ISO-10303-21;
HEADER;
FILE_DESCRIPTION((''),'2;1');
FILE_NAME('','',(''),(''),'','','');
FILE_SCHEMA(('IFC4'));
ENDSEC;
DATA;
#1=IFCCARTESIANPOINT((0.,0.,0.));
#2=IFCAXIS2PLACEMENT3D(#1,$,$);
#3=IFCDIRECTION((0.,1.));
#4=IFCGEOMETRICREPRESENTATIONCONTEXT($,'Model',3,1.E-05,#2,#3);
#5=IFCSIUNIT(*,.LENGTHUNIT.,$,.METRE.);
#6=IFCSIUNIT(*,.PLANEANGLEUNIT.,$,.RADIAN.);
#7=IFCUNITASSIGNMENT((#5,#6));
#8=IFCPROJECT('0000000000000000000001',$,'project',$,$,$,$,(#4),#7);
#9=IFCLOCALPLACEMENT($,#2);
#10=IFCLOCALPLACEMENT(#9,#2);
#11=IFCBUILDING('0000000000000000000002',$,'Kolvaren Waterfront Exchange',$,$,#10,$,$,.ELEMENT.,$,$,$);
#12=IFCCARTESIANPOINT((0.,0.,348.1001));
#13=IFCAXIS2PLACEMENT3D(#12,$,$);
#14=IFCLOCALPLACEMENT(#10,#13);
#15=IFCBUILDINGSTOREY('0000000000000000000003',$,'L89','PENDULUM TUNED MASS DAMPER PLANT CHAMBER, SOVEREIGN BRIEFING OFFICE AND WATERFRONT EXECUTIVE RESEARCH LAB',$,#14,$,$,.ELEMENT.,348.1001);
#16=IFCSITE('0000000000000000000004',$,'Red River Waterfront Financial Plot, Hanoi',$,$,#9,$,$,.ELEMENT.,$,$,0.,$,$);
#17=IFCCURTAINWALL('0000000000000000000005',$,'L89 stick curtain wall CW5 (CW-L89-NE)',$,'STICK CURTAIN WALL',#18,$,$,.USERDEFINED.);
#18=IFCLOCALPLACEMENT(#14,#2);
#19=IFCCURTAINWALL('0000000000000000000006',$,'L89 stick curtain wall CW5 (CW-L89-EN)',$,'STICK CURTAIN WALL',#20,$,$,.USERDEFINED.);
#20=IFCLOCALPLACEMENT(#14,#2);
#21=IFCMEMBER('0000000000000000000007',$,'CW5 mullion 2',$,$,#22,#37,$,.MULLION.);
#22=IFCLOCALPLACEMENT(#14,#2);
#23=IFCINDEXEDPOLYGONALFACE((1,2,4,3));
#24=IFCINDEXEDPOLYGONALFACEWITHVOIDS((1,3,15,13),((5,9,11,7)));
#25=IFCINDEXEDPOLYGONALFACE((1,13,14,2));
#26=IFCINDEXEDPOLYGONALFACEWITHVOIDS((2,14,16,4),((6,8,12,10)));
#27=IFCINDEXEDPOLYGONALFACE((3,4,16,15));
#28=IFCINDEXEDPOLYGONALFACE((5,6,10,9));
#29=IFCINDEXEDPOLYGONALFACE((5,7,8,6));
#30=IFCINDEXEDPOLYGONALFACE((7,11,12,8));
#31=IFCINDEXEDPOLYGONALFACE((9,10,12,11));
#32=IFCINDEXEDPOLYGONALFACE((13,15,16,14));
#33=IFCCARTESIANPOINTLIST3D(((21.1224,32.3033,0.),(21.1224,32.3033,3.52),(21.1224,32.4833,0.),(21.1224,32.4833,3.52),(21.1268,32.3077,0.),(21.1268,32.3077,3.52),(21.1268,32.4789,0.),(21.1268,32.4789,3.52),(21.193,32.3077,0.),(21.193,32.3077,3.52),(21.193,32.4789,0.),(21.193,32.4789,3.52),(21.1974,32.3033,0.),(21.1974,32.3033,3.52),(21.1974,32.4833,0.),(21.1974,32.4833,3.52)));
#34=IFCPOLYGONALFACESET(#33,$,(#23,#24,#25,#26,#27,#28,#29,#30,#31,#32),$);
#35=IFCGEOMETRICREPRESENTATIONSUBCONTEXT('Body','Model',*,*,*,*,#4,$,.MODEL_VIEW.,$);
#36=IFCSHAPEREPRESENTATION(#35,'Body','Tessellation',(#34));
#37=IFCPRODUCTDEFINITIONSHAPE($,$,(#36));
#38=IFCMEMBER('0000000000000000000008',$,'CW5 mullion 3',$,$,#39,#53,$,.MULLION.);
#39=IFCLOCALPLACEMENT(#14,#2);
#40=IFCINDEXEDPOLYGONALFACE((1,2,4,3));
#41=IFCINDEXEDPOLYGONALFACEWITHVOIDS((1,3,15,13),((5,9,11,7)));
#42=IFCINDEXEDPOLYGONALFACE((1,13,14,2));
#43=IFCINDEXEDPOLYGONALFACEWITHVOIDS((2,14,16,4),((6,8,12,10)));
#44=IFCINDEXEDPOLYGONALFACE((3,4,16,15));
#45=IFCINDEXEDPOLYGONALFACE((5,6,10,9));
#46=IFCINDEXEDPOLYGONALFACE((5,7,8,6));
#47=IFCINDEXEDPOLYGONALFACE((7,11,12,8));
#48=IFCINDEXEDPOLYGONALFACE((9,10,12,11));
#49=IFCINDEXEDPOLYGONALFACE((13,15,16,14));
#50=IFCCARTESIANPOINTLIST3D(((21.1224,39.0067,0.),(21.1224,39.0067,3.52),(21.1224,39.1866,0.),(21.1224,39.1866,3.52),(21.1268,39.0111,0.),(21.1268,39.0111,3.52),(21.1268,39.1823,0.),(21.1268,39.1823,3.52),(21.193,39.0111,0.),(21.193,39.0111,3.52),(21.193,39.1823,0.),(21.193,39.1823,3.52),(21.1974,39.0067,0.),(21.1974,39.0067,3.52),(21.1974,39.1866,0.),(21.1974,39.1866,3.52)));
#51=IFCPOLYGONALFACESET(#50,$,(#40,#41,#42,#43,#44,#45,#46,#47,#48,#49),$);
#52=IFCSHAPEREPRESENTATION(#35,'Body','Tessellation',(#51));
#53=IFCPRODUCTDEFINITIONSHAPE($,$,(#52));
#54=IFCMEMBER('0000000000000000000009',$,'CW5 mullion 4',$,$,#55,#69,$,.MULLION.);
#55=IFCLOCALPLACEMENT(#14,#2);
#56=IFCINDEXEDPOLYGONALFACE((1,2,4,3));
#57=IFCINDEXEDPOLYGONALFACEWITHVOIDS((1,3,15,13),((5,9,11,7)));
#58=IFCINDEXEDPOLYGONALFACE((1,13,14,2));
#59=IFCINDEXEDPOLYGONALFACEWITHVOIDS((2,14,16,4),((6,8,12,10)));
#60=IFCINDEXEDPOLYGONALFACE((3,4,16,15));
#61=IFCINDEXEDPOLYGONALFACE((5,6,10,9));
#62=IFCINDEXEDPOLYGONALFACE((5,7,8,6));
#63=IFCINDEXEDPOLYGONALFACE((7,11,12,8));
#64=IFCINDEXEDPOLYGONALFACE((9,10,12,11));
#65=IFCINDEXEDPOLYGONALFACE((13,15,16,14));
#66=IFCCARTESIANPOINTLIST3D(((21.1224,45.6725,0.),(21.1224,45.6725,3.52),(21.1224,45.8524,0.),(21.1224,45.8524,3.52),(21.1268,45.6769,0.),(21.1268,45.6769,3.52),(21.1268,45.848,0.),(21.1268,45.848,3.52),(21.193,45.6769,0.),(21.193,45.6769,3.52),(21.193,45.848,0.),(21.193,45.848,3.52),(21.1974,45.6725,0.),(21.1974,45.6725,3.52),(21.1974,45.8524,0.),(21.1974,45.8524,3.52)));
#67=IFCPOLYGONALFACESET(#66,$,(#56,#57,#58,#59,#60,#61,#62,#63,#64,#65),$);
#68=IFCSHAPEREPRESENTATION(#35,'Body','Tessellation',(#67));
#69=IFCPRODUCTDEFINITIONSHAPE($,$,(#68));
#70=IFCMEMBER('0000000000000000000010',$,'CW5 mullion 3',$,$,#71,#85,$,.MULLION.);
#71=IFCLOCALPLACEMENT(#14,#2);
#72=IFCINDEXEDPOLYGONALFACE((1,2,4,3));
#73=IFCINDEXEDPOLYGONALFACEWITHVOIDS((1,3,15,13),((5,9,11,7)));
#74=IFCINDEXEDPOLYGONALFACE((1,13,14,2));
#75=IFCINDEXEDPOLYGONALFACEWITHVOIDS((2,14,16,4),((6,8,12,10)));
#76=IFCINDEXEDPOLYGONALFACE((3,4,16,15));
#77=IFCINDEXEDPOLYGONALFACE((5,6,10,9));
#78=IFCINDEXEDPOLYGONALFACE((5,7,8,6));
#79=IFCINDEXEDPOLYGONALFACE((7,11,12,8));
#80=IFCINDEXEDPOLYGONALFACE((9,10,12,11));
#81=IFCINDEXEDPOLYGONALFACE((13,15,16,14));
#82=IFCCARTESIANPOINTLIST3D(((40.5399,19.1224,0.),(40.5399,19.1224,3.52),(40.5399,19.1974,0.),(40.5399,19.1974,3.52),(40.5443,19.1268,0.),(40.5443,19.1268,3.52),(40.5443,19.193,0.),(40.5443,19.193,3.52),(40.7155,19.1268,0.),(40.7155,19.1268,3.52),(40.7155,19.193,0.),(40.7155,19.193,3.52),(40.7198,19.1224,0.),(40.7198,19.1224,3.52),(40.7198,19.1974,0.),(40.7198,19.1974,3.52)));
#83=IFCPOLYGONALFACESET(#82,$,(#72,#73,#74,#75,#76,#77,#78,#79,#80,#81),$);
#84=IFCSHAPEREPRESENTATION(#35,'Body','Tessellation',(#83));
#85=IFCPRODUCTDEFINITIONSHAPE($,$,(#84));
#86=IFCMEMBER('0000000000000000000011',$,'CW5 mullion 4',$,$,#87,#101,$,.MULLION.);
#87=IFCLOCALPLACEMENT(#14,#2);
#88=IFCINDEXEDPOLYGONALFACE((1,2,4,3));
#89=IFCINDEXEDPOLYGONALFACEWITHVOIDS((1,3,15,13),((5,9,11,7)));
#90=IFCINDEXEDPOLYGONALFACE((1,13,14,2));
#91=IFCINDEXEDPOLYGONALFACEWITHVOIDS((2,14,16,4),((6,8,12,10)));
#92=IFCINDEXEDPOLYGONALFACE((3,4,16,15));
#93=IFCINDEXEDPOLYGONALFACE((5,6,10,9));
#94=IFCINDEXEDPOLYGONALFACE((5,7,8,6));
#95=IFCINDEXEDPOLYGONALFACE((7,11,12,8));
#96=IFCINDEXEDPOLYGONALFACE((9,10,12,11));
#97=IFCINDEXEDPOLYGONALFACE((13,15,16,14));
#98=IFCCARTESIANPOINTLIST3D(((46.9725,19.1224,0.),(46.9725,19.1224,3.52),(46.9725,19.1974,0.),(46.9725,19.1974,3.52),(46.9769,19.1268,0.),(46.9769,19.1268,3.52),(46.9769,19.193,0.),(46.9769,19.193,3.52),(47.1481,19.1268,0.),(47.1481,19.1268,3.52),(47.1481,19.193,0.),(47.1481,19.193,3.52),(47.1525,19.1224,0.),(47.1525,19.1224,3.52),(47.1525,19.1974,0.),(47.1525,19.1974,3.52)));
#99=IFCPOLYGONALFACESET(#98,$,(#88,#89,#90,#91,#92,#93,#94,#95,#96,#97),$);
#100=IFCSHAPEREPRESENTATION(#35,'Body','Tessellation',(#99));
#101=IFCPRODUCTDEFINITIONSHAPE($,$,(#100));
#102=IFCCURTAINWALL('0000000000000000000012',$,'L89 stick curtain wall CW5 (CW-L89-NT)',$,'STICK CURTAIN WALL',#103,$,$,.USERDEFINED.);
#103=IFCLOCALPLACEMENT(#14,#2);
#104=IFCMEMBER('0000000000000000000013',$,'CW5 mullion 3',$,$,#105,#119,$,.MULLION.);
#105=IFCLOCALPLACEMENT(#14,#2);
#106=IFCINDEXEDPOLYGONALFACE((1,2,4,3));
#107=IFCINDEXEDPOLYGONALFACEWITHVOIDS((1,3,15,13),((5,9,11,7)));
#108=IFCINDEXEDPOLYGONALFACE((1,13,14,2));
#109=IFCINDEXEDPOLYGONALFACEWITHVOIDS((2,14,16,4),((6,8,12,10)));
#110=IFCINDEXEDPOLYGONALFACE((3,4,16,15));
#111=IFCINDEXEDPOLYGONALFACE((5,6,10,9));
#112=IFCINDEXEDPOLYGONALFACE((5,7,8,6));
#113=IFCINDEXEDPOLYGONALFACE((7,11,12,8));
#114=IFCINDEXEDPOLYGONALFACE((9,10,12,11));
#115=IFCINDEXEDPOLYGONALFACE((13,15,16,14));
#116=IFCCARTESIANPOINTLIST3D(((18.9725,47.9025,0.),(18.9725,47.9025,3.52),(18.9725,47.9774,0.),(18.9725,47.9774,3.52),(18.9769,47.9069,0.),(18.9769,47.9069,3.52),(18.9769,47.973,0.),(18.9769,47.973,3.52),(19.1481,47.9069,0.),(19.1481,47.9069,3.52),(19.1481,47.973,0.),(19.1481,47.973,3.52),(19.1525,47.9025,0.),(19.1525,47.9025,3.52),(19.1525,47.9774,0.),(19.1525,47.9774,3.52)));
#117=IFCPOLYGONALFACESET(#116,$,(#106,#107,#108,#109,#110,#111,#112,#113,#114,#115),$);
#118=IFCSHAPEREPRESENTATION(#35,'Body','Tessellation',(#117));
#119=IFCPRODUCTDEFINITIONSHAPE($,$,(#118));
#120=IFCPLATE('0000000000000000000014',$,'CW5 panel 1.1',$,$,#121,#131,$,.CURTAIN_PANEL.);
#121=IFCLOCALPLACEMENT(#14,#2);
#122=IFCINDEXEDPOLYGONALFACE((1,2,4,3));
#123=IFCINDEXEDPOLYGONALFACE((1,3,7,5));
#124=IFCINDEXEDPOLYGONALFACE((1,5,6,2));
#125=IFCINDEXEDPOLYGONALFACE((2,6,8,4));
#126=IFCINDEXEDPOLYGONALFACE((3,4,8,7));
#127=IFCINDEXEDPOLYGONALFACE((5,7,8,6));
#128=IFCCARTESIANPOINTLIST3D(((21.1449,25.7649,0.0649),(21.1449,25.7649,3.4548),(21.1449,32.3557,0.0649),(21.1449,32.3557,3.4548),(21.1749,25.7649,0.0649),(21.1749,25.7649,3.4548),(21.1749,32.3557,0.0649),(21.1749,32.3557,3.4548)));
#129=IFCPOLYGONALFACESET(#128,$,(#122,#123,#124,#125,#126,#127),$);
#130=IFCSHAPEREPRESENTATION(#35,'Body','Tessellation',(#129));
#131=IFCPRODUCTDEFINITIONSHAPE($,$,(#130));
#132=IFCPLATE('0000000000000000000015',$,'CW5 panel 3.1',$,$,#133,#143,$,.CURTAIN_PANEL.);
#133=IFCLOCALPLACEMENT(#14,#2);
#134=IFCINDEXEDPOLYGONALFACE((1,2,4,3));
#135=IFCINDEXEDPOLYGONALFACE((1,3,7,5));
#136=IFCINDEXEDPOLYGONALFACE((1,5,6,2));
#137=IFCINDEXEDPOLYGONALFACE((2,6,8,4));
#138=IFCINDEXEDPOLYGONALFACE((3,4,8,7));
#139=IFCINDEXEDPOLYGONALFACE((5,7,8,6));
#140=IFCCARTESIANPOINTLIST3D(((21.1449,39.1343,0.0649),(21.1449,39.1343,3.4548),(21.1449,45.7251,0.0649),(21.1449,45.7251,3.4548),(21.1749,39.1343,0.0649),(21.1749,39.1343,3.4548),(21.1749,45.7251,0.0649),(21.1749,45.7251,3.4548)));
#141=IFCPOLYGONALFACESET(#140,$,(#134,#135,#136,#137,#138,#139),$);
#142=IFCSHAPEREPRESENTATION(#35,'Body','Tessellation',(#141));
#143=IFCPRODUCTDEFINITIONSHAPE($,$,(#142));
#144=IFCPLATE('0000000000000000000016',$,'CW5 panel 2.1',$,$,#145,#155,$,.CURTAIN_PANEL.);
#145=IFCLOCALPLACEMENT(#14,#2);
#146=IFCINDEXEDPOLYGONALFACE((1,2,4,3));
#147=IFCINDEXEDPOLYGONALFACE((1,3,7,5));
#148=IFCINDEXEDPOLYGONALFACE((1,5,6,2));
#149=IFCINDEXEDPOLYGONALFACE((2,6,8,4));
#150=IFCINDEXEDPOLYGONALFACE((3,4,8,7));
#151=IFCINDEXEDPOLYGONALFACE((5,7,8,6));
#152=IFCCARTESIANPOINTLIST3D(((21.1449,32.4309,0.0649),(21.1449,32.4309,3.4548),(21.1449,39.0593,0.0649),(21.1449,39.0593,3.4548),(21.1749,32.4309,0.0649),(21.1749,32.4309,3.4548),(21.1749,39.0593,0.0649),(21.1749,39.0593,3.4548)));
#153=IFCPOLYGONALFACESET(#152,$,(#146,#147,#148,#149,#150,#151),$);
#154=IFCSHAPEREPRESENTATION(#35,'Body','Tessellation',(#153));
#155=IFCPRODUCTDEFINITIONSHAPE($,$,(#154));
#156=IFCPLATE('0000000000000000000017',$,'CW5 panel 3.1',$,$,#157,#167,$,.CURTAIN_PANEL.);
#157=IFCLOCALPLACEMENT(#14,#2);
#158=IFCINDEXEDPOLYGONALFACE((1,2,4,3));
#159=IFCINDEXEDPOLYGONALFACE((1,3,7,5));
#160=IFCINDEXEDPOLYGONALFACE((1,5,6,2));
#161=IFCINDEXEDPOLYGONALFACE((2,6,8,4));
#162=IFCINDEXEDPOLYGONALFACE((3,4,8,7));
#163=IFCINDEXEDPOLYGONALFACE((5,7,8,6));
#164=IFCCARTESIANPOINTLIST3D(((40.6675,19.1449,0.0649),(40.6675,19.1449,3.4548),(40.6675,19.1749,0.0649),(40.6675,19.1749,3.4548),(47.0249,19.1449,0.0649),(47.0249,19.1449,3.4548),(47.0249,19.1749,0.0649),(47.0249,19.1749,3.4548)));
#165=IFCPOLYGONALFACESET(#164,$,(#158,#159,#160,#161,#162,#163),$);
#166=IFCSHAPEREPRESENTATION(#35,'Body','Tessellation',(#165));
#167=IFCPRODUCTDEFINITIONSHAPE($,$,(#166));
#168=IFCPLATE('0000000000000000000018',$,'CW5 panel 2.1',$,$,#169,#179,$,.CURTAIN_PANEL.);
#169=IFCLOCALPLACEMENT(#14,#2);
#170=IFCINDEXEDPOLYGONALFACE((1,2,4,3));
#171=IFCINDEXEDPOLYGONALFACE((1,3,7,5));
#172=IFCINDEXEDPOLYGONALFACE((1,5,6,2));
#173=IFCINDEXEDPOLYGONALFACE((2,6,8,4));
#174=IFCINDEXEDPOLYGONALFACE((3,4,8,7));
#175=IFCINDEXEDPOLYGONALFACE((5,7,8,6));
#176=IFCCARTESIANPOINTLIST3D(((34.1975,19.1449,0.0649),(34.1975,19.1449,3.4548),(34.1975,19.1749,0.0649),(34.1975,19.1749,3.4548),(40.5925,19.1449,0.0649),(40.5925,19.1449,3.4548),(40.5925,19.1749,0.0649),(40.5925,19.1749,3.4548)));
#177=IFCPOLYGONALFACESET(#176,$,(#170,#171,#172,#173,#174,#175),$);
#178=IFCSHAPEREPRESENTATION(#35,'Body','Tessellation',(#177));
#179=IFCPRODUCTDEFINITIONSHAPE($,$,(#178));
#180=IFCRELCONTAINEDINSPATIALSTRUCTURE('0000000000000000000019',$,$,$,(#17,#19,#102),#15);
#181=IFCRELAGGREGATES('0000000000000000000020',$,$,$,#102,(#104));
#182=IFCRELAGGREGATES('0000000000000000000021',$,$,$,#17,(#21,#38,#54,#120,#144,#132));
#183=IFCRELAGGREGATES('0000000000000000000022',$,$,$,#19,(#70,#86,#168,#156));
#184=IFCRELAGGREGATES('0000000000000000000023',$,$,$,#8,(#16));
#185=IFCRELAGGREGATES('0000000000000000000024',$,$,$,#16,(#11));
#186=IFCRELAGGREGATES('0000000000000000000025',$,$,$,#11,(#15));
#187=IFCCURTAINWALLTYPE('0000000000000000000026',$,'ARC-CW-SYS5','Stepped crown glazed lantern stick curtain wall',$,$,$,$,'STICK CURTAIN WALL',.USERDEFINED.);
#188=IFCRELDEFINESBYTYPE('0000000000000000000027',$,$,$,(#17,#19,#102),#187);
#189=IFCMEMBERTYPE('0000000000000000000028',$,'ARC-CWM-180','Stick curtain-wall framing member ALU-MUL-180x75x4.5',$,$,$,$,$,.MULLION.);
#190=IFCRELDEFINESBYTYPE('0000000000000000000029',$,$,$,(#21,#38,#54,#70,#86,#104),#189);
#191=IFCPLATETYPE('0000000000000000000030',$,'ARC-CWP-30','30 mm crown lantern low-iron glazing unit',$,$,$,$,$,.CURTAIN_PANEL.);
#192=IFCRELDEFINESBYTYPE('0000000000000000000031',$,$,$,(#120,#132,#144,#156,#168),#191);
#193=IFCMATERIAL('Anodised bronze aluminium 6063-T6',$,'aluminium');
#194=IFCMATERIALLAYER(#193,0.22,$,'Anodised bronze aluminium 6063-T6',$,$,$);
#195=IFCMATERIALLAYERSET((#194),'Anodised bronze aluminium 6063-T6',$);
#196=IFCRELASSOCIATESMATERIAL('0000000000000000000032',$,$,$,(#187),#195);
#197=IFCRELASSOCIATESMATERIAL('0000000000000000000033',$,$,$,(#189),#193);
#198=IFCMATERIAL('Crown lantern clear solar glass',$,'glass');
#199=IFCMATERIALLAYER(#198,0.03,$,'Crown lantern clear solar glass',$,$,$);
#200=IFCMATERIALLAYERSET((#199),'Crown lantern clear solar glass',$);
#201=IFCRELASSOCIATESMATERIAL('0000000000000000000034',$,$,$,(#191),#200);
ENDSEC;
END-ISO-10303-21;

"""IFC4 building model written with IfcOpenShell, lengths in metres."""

from ifc_helpers import new_model, si_unit, direction, frame, origin, origin_with_axes, origin_2d, place, context, subcontext, project, spatial, rectangle, hollow_rectangle, extrude, source, transform, mapped, material, layer, layer_set, material_profile, profile_set, type_object, element, aggregate, save


model = new_model("IFC4")

# Units and contexts
model_context = context("Model", 3, precision=1e-05, world=origin(), true_north=direction((0.0, 1.0)))
body_context = subcontext(model_context, "Body", "Model", "MODEL_VIEW")
ifc_project = project(units=[si_unit("LENGTHUNIT", "METRE"), si_unit("PLANEANGLEUNIT", "RADIAN")], contexts=[model_context])

# Site, building, storey
site_placement = place(None, origin())
site = spatial("IfcSite", under=ifc_project, at=site_placement, Name="Red River Waterfront Financial Plot, Hanoi", CompositionType="ELEMENT", RefElevation=0.0)
building_placement = place(site_placement, origin())
building = spatial("IfcBuilding", under=site, at=building_placement, Name="Kolvaren Waterfront Exchange", CompositionType="ELEMENT")
storey_placement = place(building_placement, frame((0.0, 0.0, 348.1001)))
storey = spatial("IfcBuildingStorey", under=building, at=storey_placement, Name="L89", Description="PENDULUM TUNED MASS DAMPER PLANT CHAMBER, SOVEREIGN BRIEFING OFFICE AND WATERFRONT EXECUTIVE RESEARCH LAB", CompositionType="ELEMENT", Elevation=348.1001)

# Curtain walls
ifc_material_1 = material(Name="Anodised bronze aluminium 6063-T6", Category="aluminium")
ifc_layer_1 = layer(ifc_material_1, 0.22, Name="Anodised bronze aluminium 6063-T6")
ifc_layer_set_1 = layer_set([ifc_layer_1], Name="Anodised bronze aluminium 6063-T6")
curtain_wall_type = type_object("IfcCurtainWallType", Name="ARC-CW-SYS5", Description="Stepped crown glazed lantern stick curtain wall", ElementType="STICK CURTAIN WALL", PredefinedType="USERDEFINED", material=ifc_layer_set_1)
curtain_wall_1_placement = place(storey_placement, origin())
curtain_wall_1 = element("IfcCurtainWall", 1, at=curtain_wall_1_placement, inside=storey, type_object=curtain_wall_type, Name="L89 stick curtain wall CW5 (CW-L89-NE)", ObjectType="STICK CURTAIN WALL", PredefinedType="USERDEFINED")
curtain_wall_2_placement = place(storey_placement, origin())
curtain_wall_2 = element("IfcCurtainWall", 2, at=curtain_wall_2_placement, inside=storey, type_object=curtain_wall_type, Name="L89 stick curtain wall CW5 (CW-L89-EN)", ObjectType="STICK CURTAIN WALL", PredefinedType="USERDEFINED")

# Members
ifc_material_profile_1 = material_profile(ifc_material_1, hollow_rectangle(XDim=0.075, YDim=0.1799, WallThickness=0.0044, at=origin_2d()), Name="ALU-MUL-180x75x4.5")
ifc_profile_set_1 = profile_set([ifc_material_profile_1], Name="Anodised bronze aluminium 6063-T6")
member_type_1 = type_object("IfcMemberType", Name="ARC-CWM-180", Description="Stick curtain-wall framing member ALU-MUL-180x75x4.5", PredefinedType="MULLION", material=ifc_profile_set_1)
shared_shape_1 = source(origin_with_axes(), body_context, "Body", "SweptSolid", [
    extrude(hollow_rectangle(XDim=0.075, YDim=0.1799, WallThickness=0.0044, at=origin_2d()), origin(), (0.0, 0.0, 1.0), 3.52),
])
member_1_placement = place(storey_placement, frame((21.1599, 32.3933, 0.0), z_axis=(0.0, 0.0, 1.0), x_axis=(-1.0, 0.0, 0.0)))
member_1 = element("IfcMember", 3, at=member_1_placement, type_object=member_type_1, Name="CW5 mullion 2", PredefinedType="MULLION", context=body_context, shape_type="MappedRepresentation", body=[
    mapped(shared_shape_1, transform((0.0, 0.0, 0.0), x_axis=(1.0, 0.0, 0.0), y_axis=(0.0, 1.0, 0.0), z_axis=(0.0, 0.0, 1.0), scale=1.0)),
])
member_2_placement = place(storey_placement, frame((21.1599, 39.0967, 0.0), z_axis=(0.0, 0.0, 1.0), x_axis=(-1.0, 0.0, 0.0)))
member_2 = element("IfcMember", 4, at=member_2_placement, type_object=member_type_1, Name="CW5 mullion 3", PredefinedType="MULLION", context=body_context, shape_type="MappedRepresentation", body=[
    mapped(shared_shape_1, transform((0.0, 0.0, 0.0), x_axis=(1.0, 0.0, 0.0), y_axis=(0.0, 1.0, 0.0), z_axis=(0.0, 0.0, 1.0), scale=1.0)),
])
member_3_placement = place(storey_placement, frame((21.1599, 45.7625, 0.0), z_axis=(0.0, 0.0, 1.0), x_axis=(-1.0, 0.0, 0.0)))
member_3 = element("IfcMember", 5, at=member_3_placement, type_object=member_type_1, Name="CW5 mullion 4", PredefinedType="MULLION", context=body_context, shape_type="MappedRepresentation", body=[
    mapped(shared_shape_1, transform((0.0, 0.0, 0.0), x_axis=(1.0, 0.0, 0.0), y_axis=(0.0, 1.0, 0.0), z_axis=(0.0, 0.0, 1.0), scale=1.0)),
])
member_4_placement = place(storey_placement, frame((40.6299, 19.1599, 0.0), z_axis=(0.0, 0.0, 1.0), x_axis=(0.0, 1.0, 0.0)))
member_4 = element("IfcMember", 6, at=member_4_placement, type_object=member_type_1, Name="CW5 mullion 3", PredefinedType="MULLION", context=body_context, shape_type="MappedRepresentation", body=[
    mapped(shared_shape_1, transform((0.0, 0.0, 0.0), x_axis=(1.0, 0.0, 0.0), y_axis=(0.0, 1.0, 0.0), z_axis=(0.0, 0.0, 1.0), scale=1.0)),
])
member_5_placement = place(storey_placement, frame((47.0625, 19.1599, 0.0), z_axis=(0.0, 0.0, 1.0), x_axis=(0.0, 1.0, 0.0)))
member_5 = element("IfcMember", 7, at=member_5_placement, type_object=member_type_1, Name="CW5 mullion 4", PredefinedType="MULLION", context=body_context, shape_type="MappedRepresentation", body=[
    mapped(shared_shape_1, transform((0.0, 0.0, 0.0), x_axis=(1.0, 0.0, 0.0), y_axis=(0.0, 1.0, 0.0), z_axis=(0.0, 0.0, 1.0), scale=1.0)),
])

# Curtain wall, member
curtain_wall_3_placement = place(storey_placement, origin())
curtain_wall_3 = element("IfcCurtainWall", 8, at=curtain_wall_3_placement, inside=storey, type_object=curtain_wall_type, Name="L89 stick curtain wall CW5 (CW-L89-NT)", ObjectType="STICK CURTAIN WALL", PredefinedType="USERDEFINED")
member_6_placement = place(storey_placement, frame((19.0625, 47.9399, 0.0), z_axis=(0.0, 0.0, 1.0), x_axis=(0.0, 1.0, 0.0)))
member_6 = element("IfcMember", 9, at=member_6_placement, type_object=member_type_1, Name="CW5 mullion 3", PredefinedType="MULLION", context=body_context, shape_type="MappedRepresentation", body=[
    mapped(shared_shape_1, transform((0.0, 0.0, 0.0), x_axis=(1.0, 0.0, 0.0), y_axis=(0.0, 1.0, 0.0), z_axis=(0.0, 0.0, 1.0), scale=1.0)),
])
aggregate(curtain_wall_3, [member_6])

# Plates
ifc_material_2 = material(Name="Crown lantern clear solar glass", Category="glass")
ifc_layer_2 = layer(ifc_material_2, 0.03, Name="Crown lantern clear solar glass")
ifc_layer_set_2 = layer_set([ifc_layer_2], Name="Crown lantern clear solar glass")
plate_type = type_object("IfcPlateType", Name="ARC-CWP-30", Description="30 mm crown lantern low-iron glazing unit", PredefinedType="CURTAIN_PANEL", material=ifc_layer_set_2)
shared_shape_2 = source(origin_with_axes(), body_context, "Body", "SweptSolid", [
    extrude(rectangle(XDim=6.5908, YDim=0.03, at=origin_2d()), origin(), (0.0, 0.0, 1.0), 3.3899),
])
plate_1_placement = place(storey_placement, frame((21.1599, 29.0603, 0.0649), z_axis=(0.0, 0.0, 1.0), x_axis=(0.0, 1.0, 0.0)))
plate_1 = element("IfcPlate", 10, at=plate_1_placement, type_object=plate_type, Name="CW5 panel 1.1", PredefinedType="CURTAIN_PANEL", context=body_context, shape_type="MappedRepresentation", body=[
    mapped(shared_shape_2, transform((0.0, 0.0, 0.0), x_axis=(1.0, 0.0, 0.0), y_axis=(0.0, 1.0, 0.0), z_axis=(0.0, 0.0, 1.0), scale=1.0)),
])
plate_2_placement = place(storey_placement, frame((21.1599, 42.4297, 0.0649), z_axis=(0.0, 0.0, 1.0), x_axis=(0.0, 1.0, 0.0)))
plate_2 = element("IfcPlate", 11, at=plate_2_placement, type_object=plate_type, Name="CW5 panel 3.1", PredefinedType="CURTAIN_PANEL", context=body_context, shape_type="MappedRepresentation", body=[
    mapped(shared_shape_2, transform((0.0, 0.0, 0.0), x_axis=(1.0, 0.0, 0.0), y_axis=(0.0, 1.0, 0.0), z_axis=(0.0, 0.0, 1.0), scale=1.0)),
])
shared_shape_3 = source(origin_with_axes(), body_context, "Body", "SweptSolid", [
    extrude(rectangle(XDim=6.6284, YDim=0.03, at=origin_2d()), origin(), (0.0, 0.0, 1.0), 3.3899),
])
plate_3_placement = place(storey_placement, frame((21.1599, 35.7451, 0.0649), z_axis=(0.0, 0.0, 1.0), x_axis=(0.0, 1.0, 0.0)))
plate_3 = element("IfcPlate", 12, at=plate_3_placement, type_object=plate_type, Name="CW5 panel 2.1", PredefinedType="CURTAIN_PANEL", context=body_context, shape_type="MappedRepresentation", body=[
    mapped(shared_shape_3, transform((0.0, 0.0, 0.0), x_axis=(1.0, 0.0, 0.0), y_axis=(0.0, 1.0, 0.0), z_axis=(0.0, 0.0, 1.0), scale=1.0)),
])
aggregate(curtain_wall_1, [member_1, member_2, member_3, plate_1, plate_3, plate_2])
shared_shape_4 = source(origin_with_axes(), body_context, "Body", "SweptSolid", [
    extrude(rectangle(XDim=6.3574, YDim=0.03, at=origin_2d()), origin(), (0.0, 0.0, 1.0), 3.3899),
])
plate_4_placement = place(storey_placement, frame((43.8462, 19.1599, 0.0649), z_axis=(0.0, 0.0, 1.0), x_axis=(1.0, 0.0, 0.0)))
plate_4 = element("IfcPlate", 13, at=plate_4_placement, type_object=plate_type, Name="CW5 panel 3.1", PredefinedType="CURTAIN_PANEL", context=body_context, shape_type="MappedRepresentation", body=[
    mapped(shared_shape_4, transform((0.0, 0.0, 0.0), x_axis=(1.0, 0.0, 0.0), y_axis=(0.0, 1.0, 0.0), z_axis=(0.0, 0.0, 1.0), scale=1.0)),
])
shared_shape_5 = source(origin_with_axes(), body_context, "Body", "SweptSolid", [
    extrude(rectangle(XDim=6.395, YDim=0.03, at=origin_2d()), origin(), (0.0, 0.0, 1.0), 3.3899),
])
plate_5_placement = place(storey_placement, frame((37.395, 19.1599, 0.0649), z_axis=(0.0, 0.0, 1.0), x_axis=(1.0, 0.0, 0.0)))
plate_5 = element("IfcPlate", 14, at=plate_5_placement, type_object=plate_type, Name="CW5 panel 2.1", PredefinedType="CURTAIN_PANEL", context=body_context, shape_type="MappedRepresentation", body=[
    mapped(shared_shape_5, transform((0.0, 0.0, 0.0), x_axis=(1.0, 0.0, 0.0), y_axis=(0.0, 1.0, 0.0), z_axis=(0.0, 0.0, 1.0), scale=1.0)),
])
aggregate(curtain_wall_2, [member_4, member_5, plate_5, plate_4])

save(model, "model.ifc")
